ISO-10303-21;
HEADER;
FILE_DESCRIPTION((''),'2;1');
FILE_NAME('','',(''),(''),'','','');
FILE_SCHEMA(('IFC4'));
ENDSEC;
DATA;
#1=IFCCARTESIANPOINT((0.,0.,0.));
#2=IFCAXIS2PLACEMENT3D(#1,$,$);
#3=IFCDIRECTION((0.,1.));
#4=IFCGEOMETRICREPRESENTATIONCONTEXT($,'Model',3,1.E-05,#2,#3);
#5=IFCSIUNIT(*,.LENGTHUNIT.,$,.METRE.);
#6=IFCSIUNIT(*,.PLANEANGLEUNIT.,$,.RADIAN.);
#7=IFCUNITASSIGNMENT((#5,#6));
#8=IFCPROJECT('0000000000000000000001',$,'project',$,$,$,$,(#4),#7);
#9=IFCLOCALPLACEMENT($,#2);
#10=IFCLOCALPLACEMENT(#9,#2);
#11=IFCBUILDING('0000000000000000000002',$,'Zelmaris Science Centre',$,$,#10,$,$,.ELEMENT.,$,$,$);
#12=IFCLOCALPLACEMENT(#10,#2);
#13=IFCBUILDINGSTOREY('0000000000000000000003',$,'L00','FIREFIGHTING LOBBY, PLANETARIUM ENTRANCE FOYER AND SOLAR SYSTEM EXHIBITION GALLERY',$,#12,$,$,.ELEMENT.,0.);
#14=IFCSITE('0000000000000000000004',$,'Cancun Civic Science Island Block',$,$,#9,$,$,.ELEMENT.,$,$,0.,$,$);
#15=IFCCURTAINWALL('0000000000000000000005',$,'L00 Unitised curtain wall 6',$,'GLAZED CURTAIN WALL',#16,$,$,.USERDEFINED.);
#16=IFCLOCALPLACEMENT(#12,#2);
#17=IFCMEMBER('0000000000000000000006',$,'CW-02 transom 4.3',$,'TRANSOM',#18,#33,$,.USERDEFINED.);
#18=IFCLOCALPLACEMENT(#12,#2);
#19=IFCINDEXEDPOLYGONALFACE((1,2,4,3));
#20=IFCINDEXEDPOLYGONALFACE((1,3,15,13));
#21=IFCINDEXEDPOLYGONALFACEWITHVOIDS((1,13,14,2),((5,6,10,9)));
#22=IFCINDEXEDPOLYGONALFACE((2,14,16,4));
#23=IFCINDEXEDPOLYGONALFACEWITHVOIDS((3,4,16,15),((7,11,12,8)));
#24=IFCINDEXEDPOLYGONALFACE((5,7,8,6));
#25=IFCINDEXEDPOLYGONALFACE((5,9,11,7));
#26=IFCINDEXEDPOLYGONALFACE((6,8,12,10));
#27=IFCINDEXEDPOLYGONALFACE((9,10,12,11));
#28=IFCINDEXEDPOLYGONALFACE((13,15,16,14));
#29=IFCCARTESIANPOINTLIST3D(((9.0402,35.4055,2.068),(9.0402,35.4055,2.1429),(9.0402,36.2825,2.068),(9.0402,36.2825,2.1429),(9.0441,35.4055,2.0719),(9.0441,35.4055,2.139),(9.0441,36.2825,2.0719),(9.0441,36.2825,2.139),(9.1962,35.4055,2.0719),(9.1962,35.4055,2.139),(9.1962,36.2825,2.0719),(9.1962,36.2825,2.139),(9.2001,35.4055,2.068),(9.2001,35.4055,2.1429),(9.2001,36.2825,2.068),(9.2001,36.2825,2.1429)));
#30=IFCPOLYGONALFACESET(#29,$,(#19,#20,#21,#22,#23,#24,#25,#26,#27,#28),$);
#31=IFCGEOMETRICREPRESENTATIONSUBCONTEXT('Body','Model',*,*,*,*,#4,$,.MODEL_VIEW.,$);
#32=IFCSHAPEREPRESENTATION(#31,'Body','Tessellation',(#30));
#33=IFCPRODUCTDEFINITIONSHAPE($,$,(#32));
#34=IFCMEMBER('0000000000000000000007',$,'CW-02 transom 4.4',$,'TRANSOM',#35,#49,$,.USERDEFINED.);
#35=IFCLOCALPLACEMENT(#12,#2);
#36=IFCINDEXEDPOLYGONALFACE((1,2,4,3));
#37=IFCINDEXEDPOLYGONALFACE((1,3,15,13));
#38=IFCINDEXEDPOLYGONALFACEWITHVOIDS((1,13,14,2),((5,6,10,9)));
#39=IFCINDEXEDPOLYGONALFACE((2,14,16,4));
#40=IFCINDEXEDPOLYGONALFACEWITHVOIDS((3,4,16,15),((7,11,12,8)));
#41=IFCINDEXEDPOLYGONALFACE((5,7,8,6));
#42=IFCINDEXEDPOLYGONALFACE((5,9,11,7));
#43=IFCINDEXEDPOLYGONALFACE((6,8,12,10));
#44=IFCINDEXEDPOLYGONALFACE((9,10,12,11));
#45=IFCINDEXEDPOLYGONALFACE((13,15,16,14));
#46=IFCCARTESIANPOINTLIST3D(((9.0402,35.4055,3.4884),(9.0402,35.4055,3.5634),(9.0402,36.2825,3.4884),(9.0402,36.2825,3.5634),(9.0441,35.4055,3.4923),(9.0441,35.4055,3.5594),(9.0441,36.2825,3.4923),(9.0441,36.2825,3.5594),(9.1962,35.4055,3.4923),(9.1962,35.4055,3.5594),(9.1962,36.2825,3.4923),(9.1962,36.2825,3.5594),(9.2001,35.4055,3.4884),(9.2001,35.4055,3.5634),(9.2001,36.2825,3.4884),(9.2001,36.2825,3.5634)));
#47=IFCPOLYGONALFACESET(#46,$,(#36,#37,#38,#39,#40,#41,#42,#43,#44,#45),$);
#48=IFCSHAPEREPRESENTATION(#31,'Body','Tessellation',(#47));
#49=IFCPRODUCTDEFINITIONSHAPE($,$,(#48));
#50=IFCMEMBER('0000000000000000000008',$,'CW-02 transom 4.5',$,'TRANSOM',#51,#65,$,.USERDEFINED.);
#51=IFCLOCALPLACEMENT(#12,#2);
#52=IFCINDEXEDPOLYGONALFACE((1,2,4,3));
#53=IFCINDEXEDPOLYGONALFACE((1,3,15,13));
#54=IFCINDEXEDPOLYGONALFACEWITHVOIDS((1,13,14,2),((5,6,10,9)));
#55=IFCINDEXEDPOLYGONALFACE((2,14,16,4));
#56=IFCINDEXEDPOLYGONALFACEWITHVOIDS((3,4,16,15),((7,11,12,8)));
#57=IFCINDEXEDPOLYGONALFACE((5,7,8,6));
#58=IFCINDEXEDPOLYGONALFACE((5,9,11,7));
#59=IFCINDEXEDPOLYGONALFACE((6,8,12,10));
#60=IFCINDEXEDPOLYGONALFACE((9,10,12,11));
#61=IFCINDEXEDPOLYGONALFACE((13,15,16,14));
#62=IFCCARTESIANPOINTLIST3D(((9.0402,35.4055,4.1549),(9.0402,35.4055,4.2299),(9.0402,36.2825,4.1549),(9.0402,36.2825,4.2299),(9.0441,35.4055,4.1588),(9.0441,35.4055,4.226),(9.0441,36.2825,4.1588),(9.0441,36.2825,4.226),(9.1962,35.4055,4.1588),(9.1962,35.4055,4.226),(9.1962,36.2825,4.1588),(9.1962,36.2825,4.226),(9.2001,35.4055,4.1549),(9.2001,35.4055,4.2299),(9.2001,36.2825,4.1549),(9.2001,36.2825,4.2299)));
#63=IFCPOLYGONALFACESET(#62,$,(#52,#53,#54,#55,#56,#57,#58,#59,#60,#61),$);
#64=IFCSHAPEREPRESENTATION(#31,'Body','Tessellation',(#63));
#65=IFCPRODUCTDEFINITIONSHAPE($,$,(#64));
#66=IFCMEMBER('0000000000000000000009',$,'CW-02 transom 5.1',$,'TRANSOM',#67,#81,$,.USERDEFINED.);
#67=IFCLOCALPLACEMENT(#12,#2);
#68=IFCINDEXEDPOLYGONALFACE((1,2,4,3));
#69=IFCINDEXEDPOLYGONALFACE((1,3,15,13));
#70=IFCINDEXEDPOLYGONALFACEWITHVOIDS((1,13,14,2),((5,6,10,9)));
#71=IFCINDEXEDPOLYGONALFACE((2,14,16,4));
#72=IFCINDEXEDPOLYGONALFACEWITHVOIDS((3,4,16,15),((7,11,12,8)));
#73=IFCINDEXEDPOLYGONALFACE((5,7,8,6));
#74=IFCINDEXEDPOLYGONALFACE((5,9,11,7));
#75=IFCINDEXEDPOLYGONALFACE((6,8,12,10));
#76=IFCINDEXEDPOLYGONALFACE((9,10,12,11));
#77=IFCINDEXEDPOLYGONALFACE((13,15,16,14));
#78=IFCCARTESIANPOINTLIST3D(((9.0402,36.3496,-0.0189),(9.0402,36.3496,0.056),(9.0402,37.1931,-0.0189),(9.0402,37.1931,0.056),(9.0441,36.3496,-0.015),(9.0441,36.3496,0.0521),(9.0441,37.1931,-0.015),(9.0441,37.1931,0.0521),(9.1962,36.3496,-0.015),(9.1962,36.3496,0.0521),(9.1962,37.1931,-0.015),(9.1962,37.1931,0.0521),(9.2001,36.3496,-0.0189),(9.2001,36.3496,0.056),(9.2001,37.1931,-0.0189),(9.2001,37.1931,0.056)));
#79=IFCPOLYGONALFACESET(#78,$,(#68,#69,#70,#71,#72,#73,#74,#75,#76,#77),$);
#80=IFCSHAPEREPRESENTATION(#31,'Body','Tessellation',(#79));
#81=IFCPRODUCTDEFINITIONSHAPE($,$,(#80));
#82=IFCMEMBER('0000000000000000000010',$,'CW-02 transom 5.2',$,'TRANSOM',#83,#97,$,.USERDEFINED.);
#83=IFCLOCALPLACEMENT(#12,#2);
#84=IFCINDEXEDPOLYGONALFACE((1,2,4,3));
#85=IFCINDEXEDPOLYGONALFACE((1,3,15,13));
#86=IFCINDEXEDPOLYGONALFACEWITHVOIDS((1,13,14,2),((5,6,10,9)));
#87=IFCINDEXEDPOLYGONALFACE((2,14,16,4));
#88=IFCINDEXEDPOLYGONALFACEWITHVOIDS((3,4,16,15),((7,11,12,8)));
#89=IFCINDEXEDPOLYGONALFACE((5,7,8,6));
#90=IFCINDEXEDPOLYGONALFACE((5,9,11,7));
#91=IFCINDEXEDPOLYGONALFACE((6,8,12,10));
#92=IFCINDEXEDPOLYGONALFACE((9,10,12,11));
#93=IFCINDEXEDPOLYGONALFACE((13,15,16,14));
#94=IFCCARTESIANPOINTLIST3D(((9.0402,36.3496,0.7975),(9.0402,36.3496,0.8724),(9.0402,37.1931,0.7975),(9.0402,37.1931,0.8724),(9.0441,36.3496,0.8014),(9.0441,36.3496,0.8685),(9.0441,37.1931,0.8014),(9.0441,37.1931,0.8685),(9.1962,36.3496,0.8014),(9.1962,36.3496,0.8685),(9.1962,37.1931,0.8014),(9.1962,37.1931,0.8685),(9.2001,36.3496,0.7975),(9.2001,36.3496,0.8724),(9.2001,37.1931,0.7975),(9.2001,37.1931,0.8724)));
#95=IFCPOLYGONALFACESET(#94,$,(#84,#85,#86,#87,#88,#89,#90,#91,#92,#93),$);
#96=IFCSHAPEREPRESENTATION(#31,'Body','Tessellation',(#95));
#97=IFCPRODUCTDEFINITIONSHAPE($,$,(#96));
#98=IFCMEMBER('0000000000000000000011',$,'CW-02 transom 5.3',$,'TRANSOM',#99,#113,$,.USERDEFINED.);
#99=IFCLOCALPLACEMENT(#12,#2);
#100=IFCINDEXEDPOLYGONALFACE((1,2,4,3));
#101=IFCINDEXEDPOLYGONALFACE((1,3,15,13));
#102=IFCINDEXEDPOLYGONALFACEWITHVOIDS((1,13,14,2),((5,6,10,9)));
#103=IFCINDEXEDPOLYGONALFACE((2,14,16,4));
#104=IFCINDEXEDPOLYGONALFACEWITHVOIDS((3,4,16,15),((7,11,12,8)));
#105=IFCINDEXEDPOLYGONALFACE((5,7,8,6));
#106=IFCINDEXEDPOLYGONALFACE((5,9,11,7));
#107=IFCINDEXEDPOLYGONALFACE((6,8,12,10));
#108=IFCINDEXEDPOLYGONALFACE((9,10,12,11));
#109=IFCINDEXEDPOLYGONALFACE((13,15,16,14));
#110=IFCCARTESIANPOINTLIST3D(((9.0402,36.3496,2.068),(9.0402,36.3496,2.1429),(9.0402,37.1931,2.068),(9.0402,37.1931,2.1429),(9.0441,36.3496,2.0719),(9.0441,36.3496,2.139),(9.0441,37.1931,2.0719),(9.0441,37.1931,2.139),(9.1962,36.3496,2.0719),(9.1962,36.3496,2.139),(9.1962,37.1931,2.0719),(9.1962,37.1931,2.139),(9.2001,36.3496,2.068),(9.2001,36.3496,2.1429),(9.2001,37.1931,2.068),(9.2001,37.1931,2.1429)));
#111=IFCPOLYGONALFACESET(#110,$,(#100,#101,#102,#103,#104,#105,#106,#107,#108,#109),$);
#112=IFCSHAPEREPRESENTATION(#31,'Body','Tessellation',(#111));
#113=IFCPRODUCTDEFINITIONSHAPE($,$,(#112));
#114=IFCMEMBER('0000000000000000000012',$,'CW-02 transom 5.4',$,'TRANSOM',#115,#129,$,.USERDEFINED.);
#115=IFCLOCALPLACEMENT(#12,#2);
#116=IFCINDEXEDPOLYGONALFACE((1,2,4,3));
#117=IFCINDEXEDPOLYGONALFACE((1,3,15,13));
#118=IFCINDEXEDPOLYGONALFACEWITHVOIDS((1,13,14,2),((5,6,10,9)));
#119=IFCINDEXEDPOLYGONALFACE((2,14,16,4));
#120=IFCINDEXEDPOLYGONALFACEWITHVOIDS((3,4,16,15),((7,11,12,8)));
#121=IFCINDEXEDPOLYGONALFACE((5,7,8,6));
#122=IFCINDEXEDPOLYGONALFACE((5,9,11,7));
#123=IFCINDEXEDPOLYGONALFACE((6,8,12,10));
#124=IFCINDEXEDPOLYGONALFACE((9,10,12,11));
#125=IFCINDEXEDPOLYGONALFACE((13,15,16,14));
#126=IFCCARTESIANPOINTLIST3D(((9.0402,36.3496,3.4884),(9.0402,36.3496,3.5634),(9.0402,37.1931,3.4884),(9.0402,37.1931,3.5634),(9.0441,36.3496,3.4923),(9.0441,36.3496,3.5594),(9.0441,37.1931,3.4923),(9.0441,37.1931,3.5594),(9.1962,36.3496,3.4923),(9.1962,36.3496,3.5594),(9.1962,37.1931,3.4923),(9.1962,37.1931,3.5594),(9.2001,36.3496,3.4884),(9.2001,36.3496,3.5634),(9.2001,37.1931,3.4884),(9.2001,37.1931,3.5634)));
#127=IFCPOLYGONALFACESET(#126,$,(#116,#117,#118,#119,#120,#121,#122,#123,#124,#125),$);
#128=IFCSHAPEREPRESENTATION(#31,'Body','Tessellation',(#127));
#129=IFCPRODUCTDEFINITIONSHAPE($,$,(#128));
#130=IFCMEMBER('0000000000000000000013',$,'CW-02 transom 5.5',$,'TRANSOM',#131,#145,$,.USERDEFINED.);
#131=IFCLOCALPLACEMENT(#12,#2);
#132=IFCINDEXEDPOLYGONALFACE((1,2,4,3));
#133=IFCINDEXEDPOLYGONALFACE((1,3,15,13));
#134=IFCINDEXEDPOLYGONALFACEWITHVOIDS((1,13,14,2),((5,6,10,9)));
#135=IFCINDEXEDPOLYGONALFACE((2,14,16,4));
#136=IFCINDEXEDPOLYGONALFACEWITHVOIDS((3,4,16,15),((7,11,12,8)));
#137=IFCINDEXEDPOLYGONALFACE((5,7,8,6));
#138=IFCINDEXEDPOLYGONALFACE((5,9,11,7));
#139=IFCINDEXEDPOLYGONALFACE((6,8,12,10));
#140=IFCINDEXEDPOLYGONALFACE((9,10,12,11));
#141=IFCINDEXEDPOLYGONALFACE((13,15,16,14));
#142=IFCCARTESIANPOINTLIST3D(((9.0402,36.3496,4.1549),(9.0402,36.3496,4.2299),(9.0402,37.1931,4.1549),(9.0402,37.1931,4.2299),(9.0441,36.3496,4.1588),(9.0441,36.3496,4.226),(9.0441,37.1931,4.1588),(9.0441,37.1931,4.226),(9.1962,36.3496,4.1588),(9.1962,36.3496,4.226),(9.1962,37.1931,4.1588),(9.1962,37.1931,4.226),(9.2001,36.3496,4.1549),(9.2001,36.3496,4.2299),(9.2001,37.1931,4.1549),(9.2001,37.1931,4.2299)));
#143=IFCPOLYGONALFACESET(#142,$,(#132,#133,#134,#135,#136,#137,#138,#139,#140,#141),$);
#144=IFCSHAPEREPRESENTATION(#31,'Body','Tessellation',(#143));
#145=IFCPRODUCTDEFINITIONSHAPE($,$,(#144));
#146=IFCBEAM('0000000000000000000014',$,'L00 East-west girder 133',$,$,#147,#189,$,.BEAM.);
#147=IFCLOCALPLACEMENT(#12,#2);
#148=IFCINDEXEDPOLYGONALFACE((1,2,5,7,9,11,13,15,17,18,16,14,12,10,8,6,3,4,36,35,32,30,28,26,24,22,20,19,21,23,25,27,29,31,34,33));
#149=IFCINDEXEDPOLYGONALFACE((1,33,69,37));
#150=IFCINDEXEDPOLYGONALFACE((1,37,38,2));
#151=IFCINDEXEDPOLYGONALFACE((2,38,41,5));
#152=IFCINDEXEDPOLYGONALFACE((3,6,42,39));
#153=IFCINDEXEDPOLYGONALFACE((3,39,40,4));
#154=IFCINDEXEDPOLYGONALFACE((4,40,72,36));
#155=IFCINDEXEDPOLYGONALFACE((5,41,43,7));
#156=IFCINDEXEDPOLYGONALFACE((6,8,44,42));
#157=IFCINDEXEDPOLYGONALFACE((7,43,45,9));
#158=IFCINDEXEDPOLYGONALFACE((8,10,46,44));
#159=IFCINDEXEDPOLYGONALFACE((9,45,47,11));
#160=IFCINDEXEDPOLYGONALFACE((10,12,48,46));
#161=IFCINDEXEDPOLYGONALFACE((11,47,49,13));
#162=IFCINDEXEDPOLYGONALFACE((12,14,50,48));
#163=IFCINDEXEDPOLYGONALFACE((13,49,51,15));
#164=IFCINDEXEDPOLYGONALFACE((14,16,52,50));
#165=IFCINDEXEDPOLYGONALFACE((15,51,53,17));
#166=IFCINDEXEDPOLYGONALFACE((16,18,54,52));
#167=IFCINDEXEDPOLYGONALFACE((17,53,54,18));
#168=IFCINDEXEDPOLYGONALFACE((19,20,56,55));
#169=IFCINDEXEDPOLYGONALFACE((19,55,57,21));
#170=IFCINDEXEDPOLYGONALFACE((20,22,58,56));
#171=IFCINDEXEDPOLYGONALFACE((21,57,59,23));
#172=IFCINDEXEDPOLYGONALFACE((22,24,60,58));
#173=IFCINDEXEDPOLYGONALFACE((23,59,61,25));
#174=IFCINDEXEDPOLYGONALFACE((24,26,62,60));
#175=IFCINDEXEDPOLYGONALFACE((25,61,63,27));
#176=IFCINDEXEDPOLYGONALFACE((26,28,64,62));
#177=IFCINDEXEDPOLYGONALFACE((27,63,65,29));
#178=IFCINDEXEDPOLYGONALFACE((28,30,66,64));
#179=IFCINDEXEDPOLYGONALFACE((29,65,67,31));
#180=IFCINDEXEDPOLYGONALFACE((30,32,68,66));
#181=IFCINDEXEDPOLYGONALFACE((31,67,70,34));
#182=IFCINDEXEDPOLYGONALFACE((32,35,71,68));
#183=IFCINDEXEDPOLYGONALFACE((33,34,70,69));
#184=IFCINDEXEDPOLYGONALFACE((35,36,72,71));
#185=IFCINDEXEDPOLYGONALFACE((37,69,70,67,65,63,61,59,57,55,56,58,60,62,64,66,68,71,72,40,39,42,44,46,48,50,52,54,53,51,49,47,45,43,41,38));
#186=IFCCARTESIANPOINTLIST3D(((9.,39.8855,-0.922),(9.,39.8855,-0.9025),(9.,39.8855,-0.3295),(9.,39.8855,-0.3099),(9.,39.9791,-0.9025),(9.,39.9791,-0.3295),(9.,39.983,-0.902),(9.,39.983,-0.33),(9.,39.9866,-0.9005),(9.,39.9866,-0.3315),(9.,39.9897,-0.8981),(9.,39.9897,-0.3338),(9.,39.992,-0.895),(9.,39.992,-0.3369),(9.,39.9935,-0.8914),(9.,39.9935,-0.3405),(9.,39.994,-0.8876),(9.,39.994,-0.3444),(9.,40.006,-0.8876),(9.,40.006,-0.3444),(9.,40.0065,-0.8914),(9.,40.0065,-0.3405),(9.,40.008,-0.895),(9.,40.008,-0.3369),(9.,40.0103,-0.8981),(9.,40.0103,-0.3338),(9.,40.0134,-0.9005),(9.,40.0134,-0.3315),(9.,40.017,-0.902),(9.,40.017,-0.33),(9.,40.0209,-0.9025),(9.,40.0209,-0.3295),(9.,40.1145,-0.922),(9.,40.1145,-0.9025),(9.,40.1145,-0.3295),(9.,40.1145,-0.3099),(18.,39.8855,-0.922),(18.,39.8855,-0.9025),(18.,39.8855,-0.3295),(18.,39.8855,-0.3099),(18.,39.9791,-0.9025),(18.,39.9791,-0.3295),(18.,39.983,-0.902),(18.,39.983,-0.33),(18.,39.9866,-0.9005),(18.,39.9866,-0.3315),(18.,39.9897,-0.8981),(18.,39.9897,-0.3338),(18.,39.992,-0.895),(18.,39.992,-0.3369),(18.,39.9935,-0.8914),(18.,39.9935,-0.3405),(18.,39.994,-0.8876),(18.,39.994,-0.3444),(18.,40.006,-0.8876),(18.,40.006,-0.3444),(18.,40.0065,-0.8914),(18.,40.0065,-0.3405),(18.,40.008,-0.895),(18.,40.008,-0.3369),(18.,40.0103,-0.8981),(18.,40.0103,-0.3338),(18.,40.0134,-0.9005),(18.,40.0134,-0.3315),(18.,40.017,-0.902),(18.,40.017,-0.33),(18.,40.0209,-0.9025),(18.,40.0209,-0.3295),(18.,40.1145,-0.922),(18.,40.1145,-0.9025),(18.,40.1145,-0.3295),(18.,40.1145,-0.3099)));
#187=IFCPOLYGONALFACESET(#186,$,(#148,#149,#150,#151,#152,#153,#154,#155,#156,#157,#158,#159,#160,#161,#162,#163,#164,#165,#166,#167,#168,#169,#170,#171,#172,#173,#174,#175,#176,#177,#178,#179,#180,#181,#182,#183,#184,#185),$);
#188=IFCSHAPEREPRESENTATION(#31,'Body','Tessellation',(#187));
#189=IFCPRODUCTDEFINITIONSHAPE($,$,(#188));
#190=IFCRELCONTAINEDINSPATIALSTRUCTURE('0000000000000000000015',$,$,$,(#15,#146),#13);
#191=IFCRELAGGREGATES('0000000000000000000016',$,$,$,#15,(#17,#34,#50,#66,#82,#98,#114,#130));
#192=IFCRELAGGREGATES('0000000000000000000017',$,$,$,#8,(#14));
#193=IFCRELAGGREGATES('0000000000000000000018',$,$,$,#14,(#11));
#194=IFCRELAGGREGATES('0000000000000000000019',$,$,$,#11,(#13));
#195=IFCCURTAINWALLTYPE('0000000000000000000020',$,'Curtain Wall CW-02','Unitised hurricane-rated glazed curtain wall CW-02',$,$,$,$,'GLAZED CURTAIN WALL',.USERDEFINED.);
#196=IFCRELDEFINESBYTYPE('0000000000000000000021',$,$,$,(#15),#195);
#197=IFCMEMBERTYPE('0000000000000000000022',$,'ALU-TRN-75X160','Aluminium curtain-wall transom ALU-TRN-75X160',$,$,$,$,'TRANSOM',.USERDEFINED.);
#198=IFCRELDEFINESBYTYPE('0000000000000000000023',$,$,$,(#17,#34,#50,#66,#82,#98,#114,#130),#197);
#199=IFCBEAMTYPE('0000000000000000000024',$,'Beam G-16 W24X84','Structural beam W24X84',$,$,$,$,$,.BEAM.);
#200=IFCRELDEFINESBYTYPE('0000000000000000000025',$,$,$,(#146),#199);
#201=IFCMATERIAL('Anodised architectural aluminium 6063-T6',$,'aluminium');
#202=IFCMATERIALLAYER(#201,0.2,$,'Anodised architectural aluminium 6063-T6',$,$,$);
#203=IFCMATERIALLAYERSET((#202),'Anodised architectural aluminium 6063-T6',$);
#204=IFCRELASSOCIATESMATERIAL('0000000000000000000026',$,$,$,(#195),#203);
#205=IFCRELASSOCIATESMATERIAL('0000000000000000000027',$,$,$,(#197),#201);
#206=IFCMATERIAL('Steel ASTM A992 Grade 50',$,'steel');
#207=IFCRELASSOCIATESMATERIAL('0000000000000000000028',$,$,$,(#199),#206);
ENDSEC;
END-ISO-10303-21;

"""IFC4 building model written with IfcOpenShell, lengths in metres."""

from ifc_helpers import new_model, si_unit, direction, frame, origin, origin_2d, place, context, subcontext, project, spatial, hollow_rectangle, i_section, extrude, material, layer, layer_set, material_profile, profile_set, type_object, element, aggregate, save


model = new_model("IFC4")

# Units and contexts
model_context = context("Model", 3, precision=1e-05, world=origin(), true_north=direction((0.0, 1.0)))
body_context = subcontext(model_context, "Body", "Model", "MODEL_VIEW")
ifc_project = project(units=[si_unit("LENGTHUNIT", "METRE"), si_unit("PLANEANGLEUNIT", "RADIAN")], contexts=[model_context])

# Site, building, storey
site_placement = place(None, origin())
site = spatial("IfcSite", under=ifc_project, at=site_placement, Name="Cancun Civic Science Island Block", CompositionType="ELEMENT", RefElevation=0.0)
building_placement = place(site_placement, origin())
building = spatial("IfcBuilding", under=site, at=building_placement, Name="Zelmaris Science Centre", CompositionType="ELEMENT")
storey_placement = place(building_placement, origin())
storey = spatial("IfcBuildingStorey", under=building, at=storey_placement, Name="L00", Description="FIREFIGHTING LOBBY, PLANETARIUM ENTRANCE FOYER AND SOLAR SYSTEM EXHIBITION GALLERY", CompositionType="ELEMENT", Elevation=0.0)

# Shared definitions
ifc_material_1 = material(Name="Steel ASTM A992 Grade 50", Category="steel")

# Curtain wall, members
ifc_material_2 = material(Name="Anodised architectural aluminium 6063-T6", Category="aluminium")
ifc_layer_1 = layer(ifc_material_2, 0.2, Name="Anodised architectural aluminium 6063-T6")
ifc_layer_set_1 = layer_set([ifc_layer_1], Name="Anodised architectural aluminium 6063-T6")
curtain_wall_type = type_object("IfcCurtainWallType", Name="Curtain Wall CW-02", Description="Unitised hurricane-rated glazed curtain wall CW-02", ElementType="GLAZED CURTAIN WALL", PredefinedType="USERDEFINED", material=ifc_layer_set_1)
curtain_wall_placement = place(storey_placement, origin())
curtain_wall = element("IfcCurtainWall", 1, at=curtain_wall_placement, inside=storey, type_object=curtain_wall_type, Name="L00 Unitised curtain wall 6", ObjectType="GLAZED CURTAIN WALL", PredefinedType="USERDEFINED")
ifc_material_profile_1 = material_profile(ifc_material_2, hollow_rectangle(XDim=0.075, YDim=0.1599, WallThickness=0.0039, at=origin_2d()), Name="ALU-TRN-75X160")
ifc_profile_set_1 = profile_set([ifc_material_profile_1], Name="Anodised architectural aluminium 6063-T6")
member_type_1 = type_object("IfcMemberType", Name="ALU-TRN-75X160", Description="Aluminium curtain-wall transom ALU-TRN-75X160", ElementType="TRANSOM", PredefinedType="USERDEFINED", material=ifc_profile_set_1)
member_1_placement = place(storey_placement, frame((9.1201, 35.4055, 2.1055), z_axis=(0.0, 1.0, 0.0), x_axis=(0.0, 0.0, 1.0)))
member_1 = element("IfcMember", 2, at=member_1_placement, type_object=member_type_1, Name="CW-02 transom 4.3", ObjectType="TRANSOM", PredefinedType="USERDEFINED", context=body_context, shape_type="SweptSolid", body=[
    extrude(hollow_rectangle(XDim=0.075, YDim=0.1599, WallThickness=0.0039, at=origin_2d()), origin(), (0.0, 0.0, 1.0), 0.877),
])
member_2_placement = place(storey_placement, frame((9.1201, 35.4055, 3.5259), z_axis=(0.0, 1.0, 0.0), x_axis=(0.0, 0.0, 1.0)))
member_2 = element("IfcMember", 3, at=member_2_placement, type_object=member_type_1, Name="CW-02 transom 4.4", ObjectType="TRANSOM", PredefinedType="USERDEFINED", context=body_context, shape_type="SweptSolid", body=[
    extrude(hollow_rectangle(XDim=0.075, YDim=0.1599, WallThickness=0.0039, at=origin_2d()), origin(), (0.0, 0.0, 1.0), 0.877),
])
member_3_placement = place(storey_placement, frame((9.1201, 35.4055, 4.1924), z_axis=(0.0, 1.0, 0.0), x_axis=(0.0, 0.0, 1.0)))
member_3 = element("IfcMember", 4, at=member_3_placement, type_object=member_type_1, Name="CW-02 transom 4.5", ObjectType="TRANSOM", PredefinedType="USERDEFINED", context=body_context, shape_type="SweptSolid", body=[
    extrude(hollow_rectangle(XDim=0.075, YDim=0.1599, WallThickness=0.0039, at=origin_2d()), origin(), (0.0, 0.0, 1.0), 0.877),
])
member_4_placement = place(storey_placement, frame((9.1201, 36.3496, 0.0186), z_axis=(0.0, 1.0, 0.0), x_axis=(0.0, 0.0, 1.0)))
member_4 = element("IfcMember", 5, at=member_4_placement, type_object=member_type_1, Name="CW-02 transom 5.1", ObjectType="TRANSOM", PredefinedType="USERDEFINED", context=body_context, shape_type="SweptSolid", body=[
    extrude(hollow_rectangle(XDim=0.075, YDim=0.1599, WallThickness=0.0039, at=origin_2d()), origin(), (0.0, 0.0, 1.0), 0.8435),
])
member_5_placement = place(storey_placement, frame((9.1201, 36.3496, 0.835), z_axis=(0.0, 1.0, 0.0), x_axis=(0.0, 0.0, 1.0)))
member_5 = element("IfcMember", 6, at=member_5_placement, type_object=member_type_1, Name="CW-02 transom 5.2", ObjectType="TRANSOM", PredefinedType="USERDEFINED", context=body_context, shape_type="SweptSolid", body=[
    extrude(hollow_rectangle(XDim=0.075, YDim=0.1599, WallThickness=0.0039, at=origin_2d()), origin(), (0.0, 0.0, 1.0), 0.8435),
])
member_6_placement = place(storey_placement, frame((9.1201, 36.3496, 2.1055), z_axis=(0.0, 1.0, 0.0), x_axis=(0.0, 0.0, 1.0)))
member_6 = element("IfcMember", 7, at=member_6_placement, type_object=member_type_1, Name="CW-02 transom 5.3", ObjectType="TRANSOM", PredefinedType="USERDEFINED", context=body_context, shape_type="SweptSolid", body=[
    extrude(hollow_rectangle(XDim=0.075, YDim=0.1599, WallThickness=0.0039, at=origin_2d()), origin(), (0.0, 0.0, 1.0), 0.8435),
])
member_7_placement = place(storey_placement, frame((9.1201, 36.3496, 3.5259), z_axis=(0.0, 1.0, 0.0), x_axis=(0.0, 0.0, 1.0)))
member_7 = element("IfcMember", 8, at=member_7_placement, type_object=member_type_1, Name="CW-02 transom 5.4", ObjectType="TRANSOM", PredefinedType="USERDEFINED", context=body_context, shape_type="SweptSolid", body=[
    extrude(hollow_rectangle(XDim=0.075, YDim=0.1599, WallThickness=0.0039, at=origin_2d()), origin(), (0.0, 0.0, 1.0), 0.8435),
])
member_8_placement = place(storey_placement, frame((9.1201, 36.3496, 4.1924), z_axis=(0.0, 1.0, 0.0), x_axis=(0.0, 0.0, 1.0)))
member_8 = element("IfcMember", 9, at=member_8_placement, type_object=member_type_1, Name="CW-02 transom 5.5", ObjectType="TRANSOM", PredefinedType="USERDEFINED", context=body_context, shape_type="SweptSolid", body=[
    extrude(hollow_rectangle(XDim=0.075, YDim=0.1599, WallThickness=0.0039, at=origin_2d()), origin(), (0.0, 0.0, 1.0), 0.8435),
])

# Beam
ifc_material_profile_2 = material_profile(ifc_material_1, i_section(OverallWidth=0.229, OverallDepth=0.6121, WebThickness=0.012, FlangeThickness=0.0195, FilletRadius=0.0149, at=origin_2d()), Name="W24X84")
ifc_profile_set_2 = profile_set([ifc_material_profile_2], Name="Steel ASTM A992 Grade 50")
beam_type = type_object("IfcBeamType", Name="Beam G-16 W24X84", Description="Structural beam W24X84", PredefinedType="BEAM", material=ifc_profile_set_2)
beam_placement = place(storey_placement, frame((9.0, 40.0, -0.616), z_axis=(1.0, 0.0, 0.0), x_axis=(0.0, 1.0, 0.0)))
element("IfcBeam", 10, at=beam_placement, inside=storey, type_object=beam_type, Name="L00 East-west girder 133", PredefinedType="BEAM", context=body_context, shape_type="SweptSolid", body=[
    extrude(i_section(OverallWidth=0.229, OverallDepth=0.6121, WebThickness=0.012, FlangeThickness=0.0195, FilletRadius=0.0149, at=origin_2d()), origin(), (0.0, 0.0, 1.0), 9.0),
])

aggregate(curtain_wall, [member_1, member_2, member_3, member_4, member_5, member_6, member_7, member_8])

save(model, "model.ifc")
